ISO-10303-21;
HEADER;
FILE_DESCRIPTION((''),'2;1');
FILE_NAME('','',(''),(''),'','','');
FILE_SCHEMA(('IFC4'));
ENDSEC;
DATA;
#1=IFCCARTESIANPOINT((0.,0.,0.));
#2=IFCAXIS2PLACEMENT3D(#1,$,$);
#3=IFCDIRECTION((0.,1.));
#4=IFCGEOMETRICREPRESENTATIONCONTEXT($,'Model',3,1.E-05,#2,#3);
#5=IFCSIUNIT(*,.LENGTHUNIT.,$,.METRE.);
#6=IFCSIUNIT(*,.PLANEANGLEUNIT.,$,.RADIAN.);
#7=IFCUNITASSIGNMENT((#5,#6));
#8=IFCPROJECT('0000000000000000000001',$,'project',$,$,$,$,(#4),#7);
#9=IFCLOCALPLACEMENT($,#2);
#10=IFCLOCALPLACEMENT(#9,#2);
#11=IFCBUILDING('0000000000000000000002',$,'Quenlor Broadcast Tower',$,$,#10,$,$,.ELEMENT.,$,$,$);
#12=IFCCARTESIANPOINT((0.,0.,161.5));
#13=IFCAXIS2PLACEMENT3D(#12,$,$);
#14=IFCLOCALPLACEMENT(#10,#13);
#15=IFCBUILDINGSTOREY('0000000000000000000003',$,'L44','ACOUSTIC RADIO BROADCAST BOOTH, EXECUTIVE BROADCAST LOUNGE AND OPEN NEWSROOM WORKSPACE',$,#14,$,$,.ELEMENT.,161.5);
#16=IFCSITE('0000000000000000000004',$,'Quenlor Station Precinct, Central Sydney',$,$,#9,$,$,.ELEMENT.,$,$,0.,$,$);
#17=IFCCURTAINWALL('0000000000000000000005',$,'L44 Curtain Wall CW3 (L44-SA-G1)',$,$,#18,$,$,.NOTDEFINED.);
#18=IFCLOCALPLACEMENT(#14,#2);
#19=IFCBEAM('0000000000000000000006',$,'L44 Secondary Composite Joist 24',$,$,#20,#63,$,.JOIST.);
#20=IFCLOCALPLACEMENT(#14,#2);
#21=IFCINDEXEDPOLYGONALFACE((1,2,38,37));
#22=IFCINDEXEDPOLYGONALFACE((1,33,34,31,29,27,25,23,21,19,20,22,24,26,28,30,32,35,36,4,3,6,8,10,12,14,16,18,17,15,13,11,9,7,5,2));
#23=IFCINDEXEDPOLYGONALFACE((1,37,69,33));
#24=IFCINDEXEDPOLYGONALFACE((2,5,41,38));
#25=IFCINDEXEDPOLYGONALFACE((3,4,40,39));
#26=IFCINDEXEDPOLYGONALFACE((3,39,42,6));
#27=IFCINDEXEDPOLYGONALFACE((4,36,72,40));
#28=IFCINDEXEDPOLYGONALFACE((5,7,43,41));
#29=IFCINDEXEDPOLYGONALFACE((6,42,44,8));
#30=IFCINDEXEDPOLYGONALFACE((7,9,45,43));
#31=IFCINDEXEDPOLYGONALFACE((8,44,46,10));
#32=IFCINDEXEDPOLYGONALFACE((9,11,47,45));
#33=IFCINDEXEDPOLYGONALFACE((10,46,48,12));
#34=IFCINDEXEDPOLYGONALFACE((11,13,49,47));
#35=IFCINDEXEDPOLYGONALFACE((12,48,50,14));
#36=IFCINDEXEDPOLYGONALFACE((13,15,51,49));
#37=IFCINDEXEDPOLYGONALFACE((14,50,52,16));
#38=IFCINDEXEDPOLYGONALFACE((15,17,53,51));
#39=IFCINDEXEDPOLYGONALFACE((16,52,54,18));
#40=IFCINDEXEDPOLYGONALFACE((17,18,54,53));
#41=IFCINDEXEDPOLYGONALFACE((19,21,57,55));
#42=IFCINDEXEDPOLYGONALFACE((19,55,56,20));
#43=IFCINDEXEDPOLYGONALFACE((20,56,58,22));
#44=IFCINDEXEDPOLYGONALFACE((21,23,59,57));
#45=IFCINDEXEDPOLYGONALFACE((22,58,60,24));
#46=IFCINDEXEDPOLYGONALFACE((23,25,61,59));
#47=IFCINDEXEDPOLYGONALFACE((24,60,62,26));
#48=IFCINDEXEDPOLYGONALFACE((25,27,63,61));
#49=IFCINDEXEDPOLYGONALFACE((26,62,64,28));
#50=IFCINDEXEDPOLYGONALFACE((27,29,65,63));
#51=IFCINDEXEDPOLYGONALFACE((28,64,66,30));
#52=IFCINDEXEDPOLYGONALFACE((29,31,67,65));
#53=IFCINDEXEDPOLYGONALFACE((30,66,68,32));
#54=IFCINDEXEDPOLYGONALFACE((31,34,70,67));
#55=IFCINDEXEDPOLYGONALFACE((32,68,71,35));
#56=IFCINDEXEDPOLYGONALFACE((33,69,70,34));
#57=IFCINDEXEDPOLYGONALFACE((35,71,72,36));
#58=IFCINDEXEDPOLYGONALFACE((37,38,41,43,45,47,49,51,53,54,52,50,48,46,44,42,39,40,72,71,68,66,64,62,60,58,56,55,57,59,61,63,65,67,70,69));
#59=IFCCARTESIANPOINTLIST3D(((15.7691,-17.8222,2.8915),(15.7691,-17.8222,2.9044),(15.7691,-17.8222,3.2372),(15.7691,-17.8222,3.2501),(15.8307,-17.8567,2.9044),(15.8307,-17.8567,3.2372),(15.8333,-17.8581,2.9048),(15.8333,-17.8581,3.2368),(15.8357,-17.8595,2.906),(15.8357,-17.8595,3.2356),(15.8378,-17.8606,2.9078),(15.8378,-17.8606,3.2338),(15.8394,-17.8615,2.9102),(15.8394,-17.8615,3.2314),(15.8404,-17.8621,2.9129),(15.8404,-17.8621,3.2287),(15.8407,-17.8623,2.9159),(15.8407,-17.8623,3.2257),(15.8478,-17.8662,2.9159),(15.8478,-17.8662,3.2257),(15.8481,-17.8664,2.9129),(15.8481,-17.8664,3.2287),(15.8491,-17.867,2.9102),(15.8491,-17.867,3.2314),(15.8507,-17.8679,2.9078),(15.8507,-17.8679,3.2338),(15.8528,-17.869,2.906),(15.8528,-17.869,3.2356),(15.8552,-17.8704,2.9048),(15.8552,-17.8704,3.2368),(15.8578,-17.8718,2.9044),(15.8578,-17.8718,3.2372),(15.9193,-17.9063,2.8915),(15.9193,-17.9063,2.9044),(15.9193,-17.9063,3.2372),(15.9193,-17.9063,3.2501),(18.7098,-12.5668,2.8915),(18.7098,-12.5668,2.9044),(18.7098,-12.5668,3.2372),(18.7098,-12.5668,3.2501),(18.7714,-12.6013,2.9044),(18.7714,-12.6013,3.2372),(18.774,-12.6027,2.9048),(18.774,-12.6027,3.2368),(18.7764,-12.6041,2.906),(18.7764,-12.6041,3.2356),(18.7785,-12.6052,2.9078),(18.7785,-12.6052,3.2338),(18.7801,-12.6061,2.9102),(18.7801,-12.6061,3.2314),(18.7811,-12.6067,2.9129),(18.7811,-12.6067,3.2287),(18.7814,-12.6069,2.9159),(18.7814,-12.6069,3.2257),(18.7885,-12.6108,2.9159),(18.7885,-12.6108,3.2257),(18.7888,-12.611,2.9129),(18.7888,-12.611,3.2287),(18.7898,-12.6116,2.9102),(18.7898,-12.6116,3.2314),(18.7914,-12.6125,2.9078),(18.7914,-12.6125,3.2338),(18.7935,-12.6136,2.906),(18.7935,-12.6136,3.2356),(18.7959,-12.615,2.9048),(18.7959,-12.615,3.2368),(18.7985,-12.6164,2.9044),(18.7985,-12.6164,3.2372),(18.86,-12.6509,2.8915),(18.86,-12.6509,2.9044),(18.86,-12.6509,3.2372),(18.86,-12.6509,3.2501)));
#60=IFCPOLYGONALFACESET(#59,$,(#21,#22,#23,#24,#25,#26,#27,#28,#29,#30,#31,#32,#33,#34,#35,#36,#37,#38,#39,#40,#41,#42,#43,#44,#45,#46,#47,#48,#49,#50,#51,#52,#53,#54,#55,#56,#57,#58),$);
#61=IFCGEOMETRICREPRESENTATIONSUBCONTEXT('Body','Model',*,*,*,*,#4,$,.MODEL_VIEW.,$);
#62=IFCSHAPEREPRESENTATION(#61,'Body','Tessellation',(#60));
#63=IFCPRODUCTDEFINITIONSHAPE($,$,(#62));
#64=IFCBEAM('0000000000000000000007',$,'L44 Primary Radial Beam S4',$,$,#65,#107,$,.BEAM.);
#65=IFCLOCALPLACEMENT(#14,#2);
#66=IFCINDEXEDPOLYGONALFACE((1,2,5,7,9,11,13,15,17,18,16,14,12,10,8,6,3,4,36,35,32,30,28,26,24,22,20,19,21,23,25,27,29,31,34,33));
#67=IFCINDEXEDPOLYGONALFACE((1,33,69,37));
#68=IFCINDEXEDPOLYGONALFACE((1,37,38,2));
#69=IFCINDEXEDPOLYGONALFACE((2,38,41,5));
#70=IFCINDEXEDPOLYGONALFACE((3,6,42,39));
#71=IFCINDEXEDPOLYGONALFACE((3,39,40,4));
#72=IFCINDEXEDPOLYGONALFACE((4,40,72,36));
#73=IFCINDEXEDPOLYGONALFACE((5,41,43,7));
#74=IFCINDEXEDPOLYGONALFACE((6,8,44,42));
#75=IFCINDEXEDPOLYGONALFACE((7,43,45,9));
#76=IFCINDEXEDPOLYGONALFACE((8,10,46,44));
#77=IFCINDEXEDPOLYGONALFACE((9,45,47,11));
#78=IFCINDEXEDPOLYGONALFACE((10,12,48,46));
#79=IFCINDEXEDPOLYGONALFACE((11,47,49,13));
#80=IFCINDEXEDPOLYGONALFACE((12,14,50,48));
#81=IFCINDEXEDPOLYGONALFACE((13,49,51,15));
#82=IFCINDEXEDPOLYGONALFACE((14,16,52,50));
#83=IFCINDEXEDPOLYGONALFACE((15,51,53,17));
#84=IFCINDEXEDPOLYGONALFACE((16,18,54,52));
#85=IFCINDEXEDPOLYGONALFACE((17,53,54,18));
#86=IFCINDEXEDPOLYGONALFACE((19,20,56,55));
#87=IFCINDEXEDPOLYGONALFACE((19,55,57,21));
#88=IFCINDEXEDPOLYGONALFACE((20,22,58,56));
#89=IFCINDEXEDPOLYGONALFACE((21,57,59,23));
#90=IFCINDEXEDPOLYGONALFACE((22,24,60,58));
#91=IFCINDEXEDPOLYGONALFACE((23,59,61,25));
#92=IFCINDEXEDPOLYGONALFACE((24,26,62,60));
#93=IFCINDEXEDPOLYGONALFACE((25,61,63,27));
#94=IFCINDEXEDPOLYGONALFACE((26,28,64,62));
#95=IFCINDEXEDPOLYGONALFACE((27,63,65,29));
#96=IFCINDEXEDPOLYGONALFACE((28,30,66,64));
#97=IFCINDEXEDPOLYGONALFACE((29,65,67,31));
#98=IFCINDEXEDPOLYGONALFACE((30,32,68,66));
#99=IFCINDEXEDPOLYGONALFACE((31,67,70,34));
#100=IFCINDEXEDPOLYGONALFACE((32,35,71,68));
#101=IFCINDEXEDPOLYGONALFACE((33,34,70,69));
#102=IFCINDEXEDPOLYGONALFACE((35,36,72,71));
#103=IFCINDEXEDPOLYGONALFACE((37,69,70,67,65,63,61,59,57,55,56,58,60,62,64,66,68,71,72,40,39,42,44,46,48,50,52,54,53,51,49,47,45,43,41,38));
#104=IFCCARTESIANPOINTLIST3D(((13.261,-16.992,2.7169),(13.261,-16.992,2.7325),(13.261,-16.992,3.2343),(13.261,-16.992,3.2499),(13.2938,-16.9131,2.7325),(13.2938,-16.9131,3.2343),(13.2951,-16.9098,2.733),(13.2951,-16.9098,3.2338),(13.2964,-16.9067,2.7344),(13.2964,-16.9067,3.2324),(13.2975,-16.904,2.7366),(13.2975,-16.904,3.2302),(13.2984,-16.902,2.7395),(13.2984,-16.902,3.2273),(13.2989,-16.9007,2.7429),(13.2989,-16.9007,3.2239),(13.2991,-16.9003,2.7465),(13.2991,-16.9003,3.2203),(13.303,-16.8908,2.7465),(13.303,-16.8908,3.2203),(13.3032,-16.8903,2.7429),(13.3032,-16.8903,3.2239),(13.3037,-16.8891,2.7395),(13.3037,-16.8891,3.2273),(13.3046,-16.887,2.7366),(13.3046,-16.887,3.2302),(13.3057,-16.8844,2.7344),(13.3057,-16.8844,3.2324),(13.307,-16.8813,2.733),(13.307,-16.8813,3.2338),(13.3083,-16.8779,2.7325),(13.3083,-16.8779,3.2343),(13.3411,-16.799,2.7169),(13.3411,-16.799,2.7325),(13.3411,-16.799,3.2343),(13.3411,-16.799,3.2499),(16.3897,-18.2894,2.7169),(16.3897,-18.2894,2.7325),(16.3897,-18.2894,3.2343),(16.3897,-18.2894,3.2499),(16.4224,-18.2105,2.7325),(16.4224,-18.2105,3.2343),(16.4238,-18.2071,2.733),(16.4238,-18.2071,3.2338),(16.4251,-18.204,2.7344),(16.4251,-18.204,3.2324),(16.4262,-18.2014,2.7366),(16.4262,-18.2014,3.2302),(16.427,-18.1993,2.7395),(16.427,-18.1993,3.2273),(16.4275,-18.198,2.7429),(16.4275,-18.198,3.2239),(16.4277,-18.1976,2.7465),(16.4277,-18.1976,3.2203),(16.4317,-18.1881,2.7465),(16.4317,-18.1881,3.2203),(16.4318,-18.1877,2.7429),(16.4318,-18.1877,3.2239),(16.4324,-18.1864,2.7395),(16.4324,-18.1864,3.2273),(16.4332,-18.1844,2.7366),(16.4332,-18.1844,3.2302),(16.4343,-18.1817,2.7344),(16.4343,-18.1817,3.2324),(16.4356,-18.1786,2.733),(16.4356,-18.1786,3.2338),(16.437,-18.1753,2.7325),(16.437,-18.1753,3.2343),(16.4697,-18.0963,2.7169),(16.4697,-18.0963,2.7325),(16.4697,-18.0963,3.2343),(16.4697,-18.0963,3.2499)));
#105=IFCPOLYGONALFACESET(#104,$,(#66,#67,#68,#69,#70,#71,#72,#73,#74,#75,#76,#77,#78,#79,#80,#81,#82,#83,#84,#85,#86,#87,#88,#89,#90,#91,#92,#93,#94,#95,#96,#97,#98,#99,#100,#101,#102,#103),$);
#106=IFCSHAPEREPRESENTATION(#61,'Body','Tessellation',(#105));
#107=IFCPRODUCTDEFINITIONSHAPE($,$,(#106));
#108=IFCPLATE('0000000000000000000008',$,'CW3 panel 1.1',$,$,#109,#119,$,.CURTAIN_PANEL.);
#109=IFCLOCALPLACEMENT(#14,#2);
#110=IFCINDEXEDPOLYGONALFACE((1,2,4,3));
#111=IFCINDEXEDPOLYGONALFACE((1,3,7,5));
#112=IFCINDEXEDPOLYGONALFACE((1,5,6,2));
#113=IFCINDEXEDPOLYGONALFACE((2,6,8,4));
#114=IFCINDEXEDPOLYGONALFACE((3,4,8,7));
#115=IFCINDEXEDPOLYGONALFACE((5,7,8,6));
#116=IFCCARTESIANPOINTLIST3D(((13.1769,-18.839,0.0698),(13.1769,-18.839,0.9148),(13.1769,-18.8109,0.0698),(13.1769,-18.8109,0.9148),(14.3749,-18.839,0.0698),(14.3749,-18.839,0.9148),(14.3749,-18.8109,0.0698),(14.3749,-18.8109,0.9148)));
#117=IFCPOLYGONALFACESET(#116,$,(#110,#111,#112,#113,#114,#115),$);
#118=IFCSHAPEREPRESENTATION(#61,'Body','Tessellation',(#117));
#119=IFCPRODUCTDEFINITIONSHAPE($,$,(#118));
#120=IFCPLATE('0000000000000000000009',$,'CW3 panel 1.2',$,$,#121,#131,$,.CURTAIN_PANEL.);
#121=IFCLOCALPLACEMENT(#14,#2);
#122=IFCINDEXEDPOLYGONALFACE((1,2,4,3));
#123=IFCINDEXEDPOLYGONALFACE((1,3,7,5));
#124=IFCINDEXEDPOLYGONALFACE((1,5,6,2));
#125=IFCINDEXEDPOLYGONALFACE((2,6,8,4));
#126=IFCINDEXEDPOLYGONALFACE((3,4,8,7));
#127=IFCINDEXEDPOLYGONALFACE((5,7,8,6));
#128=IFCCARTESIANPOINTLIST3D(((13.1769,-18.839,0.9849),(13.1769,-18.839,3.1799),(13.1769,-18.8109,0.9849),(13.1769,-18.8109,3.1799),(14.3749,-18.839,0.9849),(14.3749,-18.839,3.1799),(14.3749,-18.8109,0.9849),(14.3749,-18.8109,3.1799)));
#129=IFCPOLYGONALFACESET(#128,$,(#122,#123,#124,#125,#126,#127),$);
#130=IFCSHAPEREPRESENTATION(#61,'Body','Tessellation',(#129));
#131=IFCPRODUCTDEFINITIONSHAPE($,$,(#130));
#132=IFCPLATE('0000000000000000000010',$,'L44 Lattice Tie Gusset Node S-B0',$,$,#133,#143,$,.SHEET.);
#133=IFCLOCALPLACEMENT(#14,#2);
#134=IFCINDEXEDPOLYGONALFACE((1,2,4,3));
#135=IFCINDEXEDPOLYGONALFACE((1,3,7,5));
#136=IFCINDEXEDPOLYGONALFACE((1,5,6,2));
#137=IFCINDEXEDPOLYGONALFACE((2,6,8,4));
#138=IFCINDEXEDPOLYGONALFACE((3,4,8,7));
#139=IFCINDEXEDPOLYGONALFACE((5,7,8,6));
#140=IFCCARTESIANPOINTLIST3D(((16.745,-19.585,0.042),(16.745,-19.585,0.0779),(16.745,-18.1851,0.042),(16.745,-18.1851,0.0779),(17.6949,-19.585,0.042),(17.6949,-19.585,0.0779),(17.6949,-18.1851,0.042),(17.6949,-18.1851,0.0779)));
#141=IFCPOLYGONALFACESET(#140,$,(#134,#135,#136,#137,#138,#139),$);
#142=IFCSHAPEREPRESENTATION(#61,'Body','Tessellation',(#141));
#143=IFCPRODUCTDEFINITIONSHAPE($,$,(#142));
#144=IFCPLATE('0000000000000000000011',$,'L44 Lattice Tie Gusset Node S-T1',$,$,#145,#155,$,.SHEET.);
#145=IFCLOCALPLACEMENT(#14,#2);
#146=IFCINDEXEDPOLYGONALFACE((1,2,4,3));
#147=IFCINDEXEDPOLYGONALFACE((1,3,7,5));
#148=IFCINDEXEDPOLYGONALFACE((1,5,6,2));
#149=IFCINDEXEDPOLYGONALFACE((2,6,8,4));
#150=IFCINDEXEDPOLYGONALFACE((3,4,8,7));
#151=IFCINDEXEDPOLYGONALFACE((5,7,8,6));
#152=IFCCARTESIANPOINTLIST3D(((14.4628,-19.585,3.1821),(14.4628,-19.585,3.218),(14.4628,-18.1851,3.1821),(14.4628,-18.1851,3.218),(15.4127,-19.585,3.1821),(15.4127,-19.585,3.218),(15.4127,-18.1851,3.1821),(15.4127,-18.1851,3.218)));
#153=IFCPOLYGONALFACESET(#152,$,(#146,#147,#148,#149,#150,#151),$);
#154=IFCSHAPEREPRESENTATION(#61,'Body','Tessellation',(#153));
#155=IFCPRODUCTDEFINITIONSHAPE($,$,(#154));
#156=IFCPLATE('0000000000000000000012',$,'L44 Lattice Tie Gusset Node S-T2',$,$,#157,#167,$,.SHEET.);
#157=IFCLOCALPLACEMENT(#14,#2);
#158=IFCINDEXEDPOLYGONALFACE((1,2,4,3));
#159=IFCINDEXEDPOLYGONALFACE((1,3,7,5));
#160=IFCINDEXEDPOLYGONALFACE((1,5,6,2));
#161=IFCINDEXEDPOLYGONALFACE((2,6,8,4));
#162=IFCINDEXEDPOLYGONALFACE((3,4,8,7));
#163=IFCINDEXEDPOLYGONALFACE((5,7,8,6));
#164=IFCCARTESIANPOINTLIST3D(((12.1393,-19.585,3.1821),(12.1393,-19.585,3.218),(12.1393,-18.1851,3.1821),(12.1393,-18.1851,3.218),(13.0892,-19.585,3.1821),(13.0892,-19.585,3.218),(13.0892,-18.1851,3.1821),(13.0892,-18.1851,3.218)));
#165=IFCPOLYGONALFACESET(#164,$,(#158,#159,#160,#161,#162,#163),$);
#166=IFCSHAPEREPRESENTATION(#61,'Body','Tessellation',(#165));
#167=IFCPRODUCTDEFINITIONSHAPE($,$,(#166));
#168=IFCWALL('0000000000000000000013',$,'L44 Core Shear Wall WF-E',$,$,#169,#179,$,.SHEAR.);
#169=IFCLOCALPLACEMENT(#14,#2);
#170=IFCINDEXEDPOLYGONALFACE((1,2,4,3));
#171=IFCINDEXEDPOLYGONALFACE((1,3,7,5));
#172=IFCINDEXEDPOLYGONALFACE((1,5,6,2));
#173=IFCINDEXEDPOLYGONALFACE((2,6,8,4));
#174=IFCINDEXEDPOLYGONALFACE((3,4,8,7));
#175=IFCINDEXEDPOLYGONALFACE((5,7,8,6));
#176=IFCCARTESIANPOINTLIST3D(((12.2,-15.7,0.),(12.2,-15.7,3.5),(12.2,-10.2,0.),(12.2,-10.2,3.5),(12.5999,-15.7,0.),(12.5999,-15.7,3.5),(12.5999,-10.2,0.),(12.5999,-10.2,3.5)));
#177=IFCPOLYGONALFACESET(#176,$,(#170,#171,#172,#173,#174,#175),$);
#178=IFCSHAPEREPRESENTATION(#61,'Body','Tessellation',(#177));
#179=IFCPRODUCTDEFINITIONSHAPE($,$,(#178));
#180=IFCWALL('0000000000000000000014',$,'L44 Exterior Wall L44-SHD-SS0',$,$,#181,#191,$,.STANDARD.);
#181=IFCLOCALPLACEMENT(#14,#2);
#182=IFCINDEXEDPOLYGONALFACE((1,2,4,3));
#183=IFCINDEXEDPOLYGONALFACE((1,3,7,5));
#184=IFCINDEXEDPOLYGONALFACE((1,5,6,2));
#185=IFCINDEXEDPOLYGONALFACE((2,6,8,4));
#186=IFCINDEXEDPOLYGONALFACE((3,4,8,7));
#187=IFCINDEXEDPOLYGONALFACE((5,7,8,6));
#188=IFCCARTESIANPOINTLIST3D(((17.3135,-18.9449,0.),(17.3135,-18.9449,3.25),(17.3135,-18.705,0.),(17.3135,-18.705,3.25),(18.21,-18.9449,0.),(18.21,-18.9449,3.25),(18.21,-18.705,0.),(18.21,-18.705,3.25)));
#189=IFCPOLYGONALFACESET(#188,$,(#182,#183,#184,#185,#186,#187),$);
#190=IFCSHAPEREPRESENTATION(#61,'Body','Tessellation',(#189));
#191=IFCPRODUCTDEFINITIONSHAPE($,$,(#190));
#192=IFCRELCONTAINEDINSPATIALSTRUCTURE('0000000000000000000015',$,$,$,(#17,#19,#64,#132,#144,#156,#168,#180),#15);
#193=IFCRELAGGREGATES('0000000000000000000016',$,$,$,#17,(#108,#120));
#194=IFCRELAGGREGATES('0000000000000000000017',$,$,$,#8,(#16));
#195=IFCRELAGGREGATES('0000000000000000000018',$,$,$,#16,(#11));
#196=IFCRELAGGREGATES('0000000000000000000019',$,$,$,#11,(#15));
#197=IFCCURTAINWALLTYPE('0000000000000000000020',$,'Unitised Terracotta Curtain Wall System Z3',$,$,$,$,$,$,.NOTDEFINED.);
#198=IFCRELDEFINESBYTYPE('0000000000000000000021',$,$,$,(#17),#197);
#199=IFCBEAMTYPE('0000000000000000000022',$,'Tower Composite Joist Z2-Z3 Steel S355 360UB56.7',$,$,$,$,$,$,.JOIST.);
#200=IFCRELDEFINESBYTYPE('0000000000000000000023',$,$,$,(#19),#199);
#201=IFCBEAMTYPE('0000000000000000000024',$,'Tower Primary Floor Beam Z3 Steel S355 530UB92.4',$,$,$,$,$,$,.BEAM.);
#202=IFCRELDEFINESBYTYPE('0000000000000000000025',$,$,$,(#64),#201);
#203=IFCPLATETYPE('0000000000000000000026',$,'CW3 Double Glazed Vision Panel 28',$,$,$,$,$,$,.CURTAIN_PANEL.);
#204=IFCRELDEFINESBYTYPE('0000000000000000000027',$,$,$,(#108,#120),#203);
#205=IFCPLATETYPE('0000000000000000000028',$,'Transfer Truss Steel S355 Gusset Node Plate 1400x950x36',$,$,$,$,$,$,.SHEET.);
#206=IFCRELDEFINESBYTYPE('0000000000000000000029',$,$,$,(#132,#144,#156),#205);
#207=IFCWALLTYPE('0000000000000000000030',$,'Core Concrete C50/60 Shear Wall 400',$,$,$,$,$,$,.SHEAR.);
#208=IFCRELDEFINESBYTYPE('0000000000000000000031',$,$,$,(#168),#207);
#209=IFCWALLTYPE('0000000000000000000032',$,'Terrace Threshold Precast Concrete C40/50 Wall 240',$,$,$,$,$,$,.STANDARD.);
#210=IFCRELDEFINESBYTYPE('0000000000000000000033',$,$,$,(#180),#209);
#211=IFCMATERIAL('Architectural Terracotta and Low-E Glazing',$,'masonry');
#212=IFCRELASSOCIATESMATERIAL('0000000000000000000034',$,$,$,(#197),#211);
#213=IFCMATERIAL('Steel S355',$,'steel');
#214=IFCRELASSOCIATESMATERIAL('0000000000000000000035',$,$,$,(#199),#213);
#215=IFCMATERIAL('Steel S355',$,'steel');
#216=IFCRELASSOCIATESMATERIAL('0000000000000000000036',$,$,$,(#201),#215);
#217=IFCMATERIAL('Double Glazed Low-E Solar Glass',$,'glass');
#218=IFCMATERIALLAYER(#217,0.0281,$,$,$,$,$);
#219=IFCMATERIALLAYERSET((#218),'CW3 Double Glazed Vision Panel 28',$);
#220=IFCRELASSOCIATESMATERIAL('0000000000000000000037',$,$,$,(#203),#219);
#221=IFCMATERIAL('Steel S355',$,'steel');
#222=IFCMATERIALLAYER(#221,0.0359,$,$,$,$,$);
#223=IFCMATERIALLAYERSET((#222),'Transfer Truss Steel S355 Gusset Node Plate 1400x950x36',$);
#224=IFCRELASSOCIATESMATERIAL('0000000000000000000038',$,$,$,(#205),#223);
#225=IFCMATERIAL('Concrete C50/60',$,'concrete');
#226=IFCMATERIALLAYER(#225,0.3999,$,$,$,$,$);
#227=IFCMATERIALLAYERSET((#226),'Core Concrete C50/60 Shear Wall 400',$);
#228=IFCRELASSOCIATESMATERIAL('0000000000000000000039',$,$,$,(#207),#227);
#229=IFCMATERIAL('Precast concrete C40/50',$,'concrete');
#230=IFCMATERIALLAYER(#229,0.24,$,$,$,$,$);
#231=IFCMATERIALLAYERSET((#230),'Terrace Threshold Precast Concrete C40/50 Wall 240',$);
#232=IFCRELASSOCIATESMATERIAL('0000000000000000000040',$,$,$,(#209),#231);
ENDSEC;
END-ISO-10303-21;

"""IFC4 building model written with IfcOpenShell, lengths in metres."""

from ifc_helpers import new_model, si_unit, direction, frame, frame_2d, origin, origin_2d, place, context, subcontext, project, spatial, rectangle, i_section, extrude, material, layer, layer_set, material_profile, profile_set, type_object, element, aggregate, save


model = new_model("IFC4")

# Units and contexts
model_context = context("Model", 3, precision=1e-05, world=origin(), true_north=direction((0.0, 1.0)))
body_context = subcontext(model_context, "Body", "Model", "MODEL_VIEW")
ifc_project = project(units=[si_unit("LENGTHUNIT", "METRE"), si_unit("PLANEANGLEUNIT", "RADIAN")], contexts=[model_context])

# Site, building, storey
site_placement = place(None, origin())
site = spatial("IfcSite", under=ifc_project, at=site_placement, Name="Quenlor Station Precinct, Central Sydney", CompositionType="ELEMENT", RefElevation=0.0)
building_placement = place(site_placement, origin())
building = spatial("IfcBuilding", under=site, at=building_placement, Name="Quenlor Broadcast Tower", CompositionType="ELEMENT")
storey_placement = place(building_placement, frame((0.0, 0.0, 161.5)))
storey = spatial("IfcBuildingStorey", under=building, at=storey_placement, Name="L44", Description="ACOUSTIC RADIO BROADCAST BOOTH, EXECUTIVE BROADCAST LOUNGE AND OPEN NEWSROOM WORKSPACE", CompositionType="ELEMENT", Elevation=161.5)

# Curtain wall
ifc_material_1 = material(Name="Architectural Terracotta and Low-E Glazing", Category="masonry")
curtain_wall_type = type_object("IfcCurtainWallType", Name="Unitised Terracotta Curtain Wall System Z3", PredefinedType="NOTDEFINED", material=ifc_material_1)
curtain_wall_placement = place(storey_placement, origin())
curtain_wall = element("IfcCurtainWall", 1, at=curtain_wall_placement, inside=storey, type_object=curtain_wall_type, Name="L44 Curtain Wall CW3 (L44-SA-G1)", PredefinedType="NOTDEFINED")

# Beams
ifc_material_2 = material(Name="Steel S355", Category="steel")
ifc_material_profile_1 = material_profile(ifc_material_2, i_section(OverallWidth=0.1721, OverallDepth=0.3586, WebThickness=0.0081, FlangeThickness=0.0129, FilletRadius=0.0115, at=origin_2d()))
ifc_profile_set_1 = profile_set([ifc_material_profile_1], Name="Steel S355 360UB56.7")
beam_type_1 = type_object("IfcBeamType", Name="Tower Composite Joist Z2-Z3 Steel S355 360UB56.7", PredefinedType="JOIST", material=ifc_profile_set_1)
beam_1_placement = place(storey_placement, frame((15.8442, -17.8643, 3.0708), z_axis=(0.488308, 0.872671, 0.0), x_axis=(-0.872671, 0.488308, 0.0)))
element("IfcBeam", 2, at=beam_1_placement, inside=storey, type_object=beam_type_1, Name="L44 Secondary Composite Joist 24", PredefinedType="JOIST", context=body_context, shape_type="SweptSolid", body=[
    extrude(i_section(OverallWidth=0.1721, OverallDepth=0.3586, WebThickness=0.0081, FlangeThickness=0.0129, FilletRadius=0.0115, at=origin_2d()), origin(), (0.0, 0.0, 1.0), 6.0222),
])
ifc_material_3 = material(Name="Steel S355", Category="steel")
ifc_material_profile_2 = material_profile(ifc_material_3, i_section(OverallWidth=0.209, OverallDepth=0.533, WebThickness=0.0103, FlangeThickness=0.0156, FilletRadius=0.0139, at=origin_2d()))
ifc_profile_set_2 = profile_set([ifc_material_profile_2], Name="Steel S355 530UB92.4")
beam_type_2 = type_object("IfcBeamType", Name="Tower Primary Floor Beam Z3 Steel S355 530UB92.4", PredefinedType="BEAM", material=ifc_profile_set_2)
beam_2_placement = place(storey_placement, frame((16.4297, -18.1929, 2.9834), z_axis=(-0.92373, 0.383044, 0.0), x_axis=(-0.383044, -0.92373, 0.0)))
element("IfcBeam", 3, at=beam_2_placement, inside=storey, type_object=beam_type_2, Name="L44 Primary Radial Beam S4", PredefinedType="BEAM", context=body_context, shape_type="SweptSolid", body=[
    extrude(i_section(OverallWidth=0.209, OverallDepth=0.533, WebThickness=0.0103, FlangeThickness=0.0156, FilletRadius=0.0139, at=origin_2d()), origin(), (0.0, 0.0, 1.0), 3.387),
])

# Plates
ifc_material_4 = material(Name="Double Glazed Low-E Solar Glass", Category="glass")
ifc_layer_1 = layer(ifc_material_4, 0.0281)
ifc_layer_set_1 = layer_set([ifc_layer_1], Name="CW3 Double Glazed Vision Panel 28")
plate_type_1 = type_object("IfcPlateType", Name="CW3 Double Glazed Vision Panel 28", PredefinedType="CURTAIN_PANEL", material=ifc_layer_set_1)
plate_1_placement = place(storey_placement, frame((13.7759, -18.825, 0.0698), z_axis=(0.0, 0.0, 1.0), x_axis=(-1.0, 0.0, 0.0)))
plate_1 = element("IfcPlate", 4, at=plate_1_placement, type_object=plate_type_1, Name="CW3 panel 1.1", PredefinedType="CURTAIN_PANEL", context=body_context, shape_type="SweptSolid", body=[
    extrude(rectangle(XDim=1.198, YDim=0.0281, at=origin_2d()), origin(), (0.0, 0.0, 1.0), 0.845),
])
plate_2_placement = place(storey_placement, frame((13.7759, -18.825, 0.9849), z_axis=(0.0, 0.0, 1.0), x_axis=(-1.0, 0.0, 0.0)))
plate_2 = element("IfcPlate", 5, at=plate_2_placement, type_object=plate_type_1, Name="CW3 panel 1.2", PredefinedType="CURTAIN_PANEL", context=body_context, shape_type="SweptSolid", body=[
    extrude(rectangle(XDim=1.198, YDim=0.0281, at=origin_2d()), origin(), (0.0, 0.0, 1.0), 2.1951),
])
aggregate(curtain_wall, [plate_1, plate_2])

# Plates
ifc_material_5 = material(Name="Steel S355", Category="steel")
ifc_layer_2 = layer(ifc_material_5, 0.0359)
ifc_layer_set_2 = layer_set([ifc_layer_2], Name="Transfer Truss Steel S355 Gusset Node Plate 1400x950x36")
plate_type_2 = type_object("IfcPlateType", Name="Transfer Truss Steel S355 Gusset Node Plate 1400x950x36", PredefinedType="SHEET", material=ifc_layer_set_2)
for number, where, z_axis, x_axis, name in (
    (6, (17.22, -18.885, 0.042), (0.0, 0.0, 1.0), (0.0, -1.0, 0.0), "L44 Lattice Tie Gusset Node S-B0"),
    (7, (14.9377, -18.885, 3.1821), (0.0, 0.0, 1.0), (0.0, -1.0, 0.0), "L44 Lattice Tie Gusset Node S-T1"),
    (8, (12.6143, -18.885, 3.1821), (0.0, 0.0, 1.0), (0.0, -1.0, 0.0), "L44 Lattice Tie Gusset Node S-T2"),
):
    element("IfcPlate", number, at=place(storey_placement, frame(where, z_axis=z_axis, x_axis=x_axis)), inside=storey, type_object=plate_type_2, Name=name, PredefinedType="SHEET", context=body_context, shape_type="SweptSolid", body=[
        extrude(rectangle(XDim=1.3999, YDim=0.95, at=origin_2d()), origin(), (0.0, 0.0, 1.0), 0.0359),
    ])

# Walls
ifc_material_6 = material(Name="Concrete C50/60", Category="concrete")
ifc_layer_3 = layer(ifc_material_6, 0.3999)
ifc_layer_set_3 = layer_set([ifc_layer_3], Name="Core Concrete C50/60 Shear Wall 400")
wall_type_1 = type_object("IfcWallType", Name="Core Concrete C50/60 Shear Wall 400", PredefinedType="SHEAR", material=ifc_layer_set_3)
wall_1_placement = place(storey_placement, frame((12.3999, -15.7, 0.0), z_axis=(0.0, 0.0, 1.0), x_axis=(0.0, 1.0, 0.0)))
element("IfcWall", 9, at=wall_1_placement, inside=storey, type_object=wall_type_1, Name="L44 Core Shear Wall WF-E", PredefinedType="SHEAR", context=body_context, shape_type="SweptSolid", body=[
    extrude(rectangle(XDim=5.5, YDim=0.3999, at=frame_2d((2.75, 0.0))), origin(), (0.0, 0.0, 1.0), 3.5),
])
ifc_material_7 = material(Name="Precast concrete C40/50", Category="concrete")
ifc_layer_4 = layer(ifc_material_7, 0.24)
ifc_layer_set_4 = layer_set([ifc_layer_4], Name="Terrace Threshold Precast Concrete C40/50 Wall 240")
wall_type_2 = type_object("IfcWallType", Name="Terrace Threshold Precast Concrete C40/50 Wall 240", PredefinedType="STANDARD", material=ifc_layer_set_4)
wall_2_placement = place(storey_placement, frame((18.21, -18.825, 0.0), z_axis=(0.0, 0.0, 1.0), x_axis=(-1.0, 0.0, 0.0)))
element("IfcWall", 10, at=wall_2_placement, inside=storey, type_object=wall_type_2, Name="L44 Exterior Wall L44-SHD-SS0", PredefinedType="STANDARD", context=body_context, shape_type="SweptSolid", body=[
    extrude(rectangle(XDim=0.8965, YDim=0.24, at=frame_2d((0.4482, 0.0))), origin(), (0.0, 0.0, 1.0), 3.25),
])

save(model, "model.ifc")
